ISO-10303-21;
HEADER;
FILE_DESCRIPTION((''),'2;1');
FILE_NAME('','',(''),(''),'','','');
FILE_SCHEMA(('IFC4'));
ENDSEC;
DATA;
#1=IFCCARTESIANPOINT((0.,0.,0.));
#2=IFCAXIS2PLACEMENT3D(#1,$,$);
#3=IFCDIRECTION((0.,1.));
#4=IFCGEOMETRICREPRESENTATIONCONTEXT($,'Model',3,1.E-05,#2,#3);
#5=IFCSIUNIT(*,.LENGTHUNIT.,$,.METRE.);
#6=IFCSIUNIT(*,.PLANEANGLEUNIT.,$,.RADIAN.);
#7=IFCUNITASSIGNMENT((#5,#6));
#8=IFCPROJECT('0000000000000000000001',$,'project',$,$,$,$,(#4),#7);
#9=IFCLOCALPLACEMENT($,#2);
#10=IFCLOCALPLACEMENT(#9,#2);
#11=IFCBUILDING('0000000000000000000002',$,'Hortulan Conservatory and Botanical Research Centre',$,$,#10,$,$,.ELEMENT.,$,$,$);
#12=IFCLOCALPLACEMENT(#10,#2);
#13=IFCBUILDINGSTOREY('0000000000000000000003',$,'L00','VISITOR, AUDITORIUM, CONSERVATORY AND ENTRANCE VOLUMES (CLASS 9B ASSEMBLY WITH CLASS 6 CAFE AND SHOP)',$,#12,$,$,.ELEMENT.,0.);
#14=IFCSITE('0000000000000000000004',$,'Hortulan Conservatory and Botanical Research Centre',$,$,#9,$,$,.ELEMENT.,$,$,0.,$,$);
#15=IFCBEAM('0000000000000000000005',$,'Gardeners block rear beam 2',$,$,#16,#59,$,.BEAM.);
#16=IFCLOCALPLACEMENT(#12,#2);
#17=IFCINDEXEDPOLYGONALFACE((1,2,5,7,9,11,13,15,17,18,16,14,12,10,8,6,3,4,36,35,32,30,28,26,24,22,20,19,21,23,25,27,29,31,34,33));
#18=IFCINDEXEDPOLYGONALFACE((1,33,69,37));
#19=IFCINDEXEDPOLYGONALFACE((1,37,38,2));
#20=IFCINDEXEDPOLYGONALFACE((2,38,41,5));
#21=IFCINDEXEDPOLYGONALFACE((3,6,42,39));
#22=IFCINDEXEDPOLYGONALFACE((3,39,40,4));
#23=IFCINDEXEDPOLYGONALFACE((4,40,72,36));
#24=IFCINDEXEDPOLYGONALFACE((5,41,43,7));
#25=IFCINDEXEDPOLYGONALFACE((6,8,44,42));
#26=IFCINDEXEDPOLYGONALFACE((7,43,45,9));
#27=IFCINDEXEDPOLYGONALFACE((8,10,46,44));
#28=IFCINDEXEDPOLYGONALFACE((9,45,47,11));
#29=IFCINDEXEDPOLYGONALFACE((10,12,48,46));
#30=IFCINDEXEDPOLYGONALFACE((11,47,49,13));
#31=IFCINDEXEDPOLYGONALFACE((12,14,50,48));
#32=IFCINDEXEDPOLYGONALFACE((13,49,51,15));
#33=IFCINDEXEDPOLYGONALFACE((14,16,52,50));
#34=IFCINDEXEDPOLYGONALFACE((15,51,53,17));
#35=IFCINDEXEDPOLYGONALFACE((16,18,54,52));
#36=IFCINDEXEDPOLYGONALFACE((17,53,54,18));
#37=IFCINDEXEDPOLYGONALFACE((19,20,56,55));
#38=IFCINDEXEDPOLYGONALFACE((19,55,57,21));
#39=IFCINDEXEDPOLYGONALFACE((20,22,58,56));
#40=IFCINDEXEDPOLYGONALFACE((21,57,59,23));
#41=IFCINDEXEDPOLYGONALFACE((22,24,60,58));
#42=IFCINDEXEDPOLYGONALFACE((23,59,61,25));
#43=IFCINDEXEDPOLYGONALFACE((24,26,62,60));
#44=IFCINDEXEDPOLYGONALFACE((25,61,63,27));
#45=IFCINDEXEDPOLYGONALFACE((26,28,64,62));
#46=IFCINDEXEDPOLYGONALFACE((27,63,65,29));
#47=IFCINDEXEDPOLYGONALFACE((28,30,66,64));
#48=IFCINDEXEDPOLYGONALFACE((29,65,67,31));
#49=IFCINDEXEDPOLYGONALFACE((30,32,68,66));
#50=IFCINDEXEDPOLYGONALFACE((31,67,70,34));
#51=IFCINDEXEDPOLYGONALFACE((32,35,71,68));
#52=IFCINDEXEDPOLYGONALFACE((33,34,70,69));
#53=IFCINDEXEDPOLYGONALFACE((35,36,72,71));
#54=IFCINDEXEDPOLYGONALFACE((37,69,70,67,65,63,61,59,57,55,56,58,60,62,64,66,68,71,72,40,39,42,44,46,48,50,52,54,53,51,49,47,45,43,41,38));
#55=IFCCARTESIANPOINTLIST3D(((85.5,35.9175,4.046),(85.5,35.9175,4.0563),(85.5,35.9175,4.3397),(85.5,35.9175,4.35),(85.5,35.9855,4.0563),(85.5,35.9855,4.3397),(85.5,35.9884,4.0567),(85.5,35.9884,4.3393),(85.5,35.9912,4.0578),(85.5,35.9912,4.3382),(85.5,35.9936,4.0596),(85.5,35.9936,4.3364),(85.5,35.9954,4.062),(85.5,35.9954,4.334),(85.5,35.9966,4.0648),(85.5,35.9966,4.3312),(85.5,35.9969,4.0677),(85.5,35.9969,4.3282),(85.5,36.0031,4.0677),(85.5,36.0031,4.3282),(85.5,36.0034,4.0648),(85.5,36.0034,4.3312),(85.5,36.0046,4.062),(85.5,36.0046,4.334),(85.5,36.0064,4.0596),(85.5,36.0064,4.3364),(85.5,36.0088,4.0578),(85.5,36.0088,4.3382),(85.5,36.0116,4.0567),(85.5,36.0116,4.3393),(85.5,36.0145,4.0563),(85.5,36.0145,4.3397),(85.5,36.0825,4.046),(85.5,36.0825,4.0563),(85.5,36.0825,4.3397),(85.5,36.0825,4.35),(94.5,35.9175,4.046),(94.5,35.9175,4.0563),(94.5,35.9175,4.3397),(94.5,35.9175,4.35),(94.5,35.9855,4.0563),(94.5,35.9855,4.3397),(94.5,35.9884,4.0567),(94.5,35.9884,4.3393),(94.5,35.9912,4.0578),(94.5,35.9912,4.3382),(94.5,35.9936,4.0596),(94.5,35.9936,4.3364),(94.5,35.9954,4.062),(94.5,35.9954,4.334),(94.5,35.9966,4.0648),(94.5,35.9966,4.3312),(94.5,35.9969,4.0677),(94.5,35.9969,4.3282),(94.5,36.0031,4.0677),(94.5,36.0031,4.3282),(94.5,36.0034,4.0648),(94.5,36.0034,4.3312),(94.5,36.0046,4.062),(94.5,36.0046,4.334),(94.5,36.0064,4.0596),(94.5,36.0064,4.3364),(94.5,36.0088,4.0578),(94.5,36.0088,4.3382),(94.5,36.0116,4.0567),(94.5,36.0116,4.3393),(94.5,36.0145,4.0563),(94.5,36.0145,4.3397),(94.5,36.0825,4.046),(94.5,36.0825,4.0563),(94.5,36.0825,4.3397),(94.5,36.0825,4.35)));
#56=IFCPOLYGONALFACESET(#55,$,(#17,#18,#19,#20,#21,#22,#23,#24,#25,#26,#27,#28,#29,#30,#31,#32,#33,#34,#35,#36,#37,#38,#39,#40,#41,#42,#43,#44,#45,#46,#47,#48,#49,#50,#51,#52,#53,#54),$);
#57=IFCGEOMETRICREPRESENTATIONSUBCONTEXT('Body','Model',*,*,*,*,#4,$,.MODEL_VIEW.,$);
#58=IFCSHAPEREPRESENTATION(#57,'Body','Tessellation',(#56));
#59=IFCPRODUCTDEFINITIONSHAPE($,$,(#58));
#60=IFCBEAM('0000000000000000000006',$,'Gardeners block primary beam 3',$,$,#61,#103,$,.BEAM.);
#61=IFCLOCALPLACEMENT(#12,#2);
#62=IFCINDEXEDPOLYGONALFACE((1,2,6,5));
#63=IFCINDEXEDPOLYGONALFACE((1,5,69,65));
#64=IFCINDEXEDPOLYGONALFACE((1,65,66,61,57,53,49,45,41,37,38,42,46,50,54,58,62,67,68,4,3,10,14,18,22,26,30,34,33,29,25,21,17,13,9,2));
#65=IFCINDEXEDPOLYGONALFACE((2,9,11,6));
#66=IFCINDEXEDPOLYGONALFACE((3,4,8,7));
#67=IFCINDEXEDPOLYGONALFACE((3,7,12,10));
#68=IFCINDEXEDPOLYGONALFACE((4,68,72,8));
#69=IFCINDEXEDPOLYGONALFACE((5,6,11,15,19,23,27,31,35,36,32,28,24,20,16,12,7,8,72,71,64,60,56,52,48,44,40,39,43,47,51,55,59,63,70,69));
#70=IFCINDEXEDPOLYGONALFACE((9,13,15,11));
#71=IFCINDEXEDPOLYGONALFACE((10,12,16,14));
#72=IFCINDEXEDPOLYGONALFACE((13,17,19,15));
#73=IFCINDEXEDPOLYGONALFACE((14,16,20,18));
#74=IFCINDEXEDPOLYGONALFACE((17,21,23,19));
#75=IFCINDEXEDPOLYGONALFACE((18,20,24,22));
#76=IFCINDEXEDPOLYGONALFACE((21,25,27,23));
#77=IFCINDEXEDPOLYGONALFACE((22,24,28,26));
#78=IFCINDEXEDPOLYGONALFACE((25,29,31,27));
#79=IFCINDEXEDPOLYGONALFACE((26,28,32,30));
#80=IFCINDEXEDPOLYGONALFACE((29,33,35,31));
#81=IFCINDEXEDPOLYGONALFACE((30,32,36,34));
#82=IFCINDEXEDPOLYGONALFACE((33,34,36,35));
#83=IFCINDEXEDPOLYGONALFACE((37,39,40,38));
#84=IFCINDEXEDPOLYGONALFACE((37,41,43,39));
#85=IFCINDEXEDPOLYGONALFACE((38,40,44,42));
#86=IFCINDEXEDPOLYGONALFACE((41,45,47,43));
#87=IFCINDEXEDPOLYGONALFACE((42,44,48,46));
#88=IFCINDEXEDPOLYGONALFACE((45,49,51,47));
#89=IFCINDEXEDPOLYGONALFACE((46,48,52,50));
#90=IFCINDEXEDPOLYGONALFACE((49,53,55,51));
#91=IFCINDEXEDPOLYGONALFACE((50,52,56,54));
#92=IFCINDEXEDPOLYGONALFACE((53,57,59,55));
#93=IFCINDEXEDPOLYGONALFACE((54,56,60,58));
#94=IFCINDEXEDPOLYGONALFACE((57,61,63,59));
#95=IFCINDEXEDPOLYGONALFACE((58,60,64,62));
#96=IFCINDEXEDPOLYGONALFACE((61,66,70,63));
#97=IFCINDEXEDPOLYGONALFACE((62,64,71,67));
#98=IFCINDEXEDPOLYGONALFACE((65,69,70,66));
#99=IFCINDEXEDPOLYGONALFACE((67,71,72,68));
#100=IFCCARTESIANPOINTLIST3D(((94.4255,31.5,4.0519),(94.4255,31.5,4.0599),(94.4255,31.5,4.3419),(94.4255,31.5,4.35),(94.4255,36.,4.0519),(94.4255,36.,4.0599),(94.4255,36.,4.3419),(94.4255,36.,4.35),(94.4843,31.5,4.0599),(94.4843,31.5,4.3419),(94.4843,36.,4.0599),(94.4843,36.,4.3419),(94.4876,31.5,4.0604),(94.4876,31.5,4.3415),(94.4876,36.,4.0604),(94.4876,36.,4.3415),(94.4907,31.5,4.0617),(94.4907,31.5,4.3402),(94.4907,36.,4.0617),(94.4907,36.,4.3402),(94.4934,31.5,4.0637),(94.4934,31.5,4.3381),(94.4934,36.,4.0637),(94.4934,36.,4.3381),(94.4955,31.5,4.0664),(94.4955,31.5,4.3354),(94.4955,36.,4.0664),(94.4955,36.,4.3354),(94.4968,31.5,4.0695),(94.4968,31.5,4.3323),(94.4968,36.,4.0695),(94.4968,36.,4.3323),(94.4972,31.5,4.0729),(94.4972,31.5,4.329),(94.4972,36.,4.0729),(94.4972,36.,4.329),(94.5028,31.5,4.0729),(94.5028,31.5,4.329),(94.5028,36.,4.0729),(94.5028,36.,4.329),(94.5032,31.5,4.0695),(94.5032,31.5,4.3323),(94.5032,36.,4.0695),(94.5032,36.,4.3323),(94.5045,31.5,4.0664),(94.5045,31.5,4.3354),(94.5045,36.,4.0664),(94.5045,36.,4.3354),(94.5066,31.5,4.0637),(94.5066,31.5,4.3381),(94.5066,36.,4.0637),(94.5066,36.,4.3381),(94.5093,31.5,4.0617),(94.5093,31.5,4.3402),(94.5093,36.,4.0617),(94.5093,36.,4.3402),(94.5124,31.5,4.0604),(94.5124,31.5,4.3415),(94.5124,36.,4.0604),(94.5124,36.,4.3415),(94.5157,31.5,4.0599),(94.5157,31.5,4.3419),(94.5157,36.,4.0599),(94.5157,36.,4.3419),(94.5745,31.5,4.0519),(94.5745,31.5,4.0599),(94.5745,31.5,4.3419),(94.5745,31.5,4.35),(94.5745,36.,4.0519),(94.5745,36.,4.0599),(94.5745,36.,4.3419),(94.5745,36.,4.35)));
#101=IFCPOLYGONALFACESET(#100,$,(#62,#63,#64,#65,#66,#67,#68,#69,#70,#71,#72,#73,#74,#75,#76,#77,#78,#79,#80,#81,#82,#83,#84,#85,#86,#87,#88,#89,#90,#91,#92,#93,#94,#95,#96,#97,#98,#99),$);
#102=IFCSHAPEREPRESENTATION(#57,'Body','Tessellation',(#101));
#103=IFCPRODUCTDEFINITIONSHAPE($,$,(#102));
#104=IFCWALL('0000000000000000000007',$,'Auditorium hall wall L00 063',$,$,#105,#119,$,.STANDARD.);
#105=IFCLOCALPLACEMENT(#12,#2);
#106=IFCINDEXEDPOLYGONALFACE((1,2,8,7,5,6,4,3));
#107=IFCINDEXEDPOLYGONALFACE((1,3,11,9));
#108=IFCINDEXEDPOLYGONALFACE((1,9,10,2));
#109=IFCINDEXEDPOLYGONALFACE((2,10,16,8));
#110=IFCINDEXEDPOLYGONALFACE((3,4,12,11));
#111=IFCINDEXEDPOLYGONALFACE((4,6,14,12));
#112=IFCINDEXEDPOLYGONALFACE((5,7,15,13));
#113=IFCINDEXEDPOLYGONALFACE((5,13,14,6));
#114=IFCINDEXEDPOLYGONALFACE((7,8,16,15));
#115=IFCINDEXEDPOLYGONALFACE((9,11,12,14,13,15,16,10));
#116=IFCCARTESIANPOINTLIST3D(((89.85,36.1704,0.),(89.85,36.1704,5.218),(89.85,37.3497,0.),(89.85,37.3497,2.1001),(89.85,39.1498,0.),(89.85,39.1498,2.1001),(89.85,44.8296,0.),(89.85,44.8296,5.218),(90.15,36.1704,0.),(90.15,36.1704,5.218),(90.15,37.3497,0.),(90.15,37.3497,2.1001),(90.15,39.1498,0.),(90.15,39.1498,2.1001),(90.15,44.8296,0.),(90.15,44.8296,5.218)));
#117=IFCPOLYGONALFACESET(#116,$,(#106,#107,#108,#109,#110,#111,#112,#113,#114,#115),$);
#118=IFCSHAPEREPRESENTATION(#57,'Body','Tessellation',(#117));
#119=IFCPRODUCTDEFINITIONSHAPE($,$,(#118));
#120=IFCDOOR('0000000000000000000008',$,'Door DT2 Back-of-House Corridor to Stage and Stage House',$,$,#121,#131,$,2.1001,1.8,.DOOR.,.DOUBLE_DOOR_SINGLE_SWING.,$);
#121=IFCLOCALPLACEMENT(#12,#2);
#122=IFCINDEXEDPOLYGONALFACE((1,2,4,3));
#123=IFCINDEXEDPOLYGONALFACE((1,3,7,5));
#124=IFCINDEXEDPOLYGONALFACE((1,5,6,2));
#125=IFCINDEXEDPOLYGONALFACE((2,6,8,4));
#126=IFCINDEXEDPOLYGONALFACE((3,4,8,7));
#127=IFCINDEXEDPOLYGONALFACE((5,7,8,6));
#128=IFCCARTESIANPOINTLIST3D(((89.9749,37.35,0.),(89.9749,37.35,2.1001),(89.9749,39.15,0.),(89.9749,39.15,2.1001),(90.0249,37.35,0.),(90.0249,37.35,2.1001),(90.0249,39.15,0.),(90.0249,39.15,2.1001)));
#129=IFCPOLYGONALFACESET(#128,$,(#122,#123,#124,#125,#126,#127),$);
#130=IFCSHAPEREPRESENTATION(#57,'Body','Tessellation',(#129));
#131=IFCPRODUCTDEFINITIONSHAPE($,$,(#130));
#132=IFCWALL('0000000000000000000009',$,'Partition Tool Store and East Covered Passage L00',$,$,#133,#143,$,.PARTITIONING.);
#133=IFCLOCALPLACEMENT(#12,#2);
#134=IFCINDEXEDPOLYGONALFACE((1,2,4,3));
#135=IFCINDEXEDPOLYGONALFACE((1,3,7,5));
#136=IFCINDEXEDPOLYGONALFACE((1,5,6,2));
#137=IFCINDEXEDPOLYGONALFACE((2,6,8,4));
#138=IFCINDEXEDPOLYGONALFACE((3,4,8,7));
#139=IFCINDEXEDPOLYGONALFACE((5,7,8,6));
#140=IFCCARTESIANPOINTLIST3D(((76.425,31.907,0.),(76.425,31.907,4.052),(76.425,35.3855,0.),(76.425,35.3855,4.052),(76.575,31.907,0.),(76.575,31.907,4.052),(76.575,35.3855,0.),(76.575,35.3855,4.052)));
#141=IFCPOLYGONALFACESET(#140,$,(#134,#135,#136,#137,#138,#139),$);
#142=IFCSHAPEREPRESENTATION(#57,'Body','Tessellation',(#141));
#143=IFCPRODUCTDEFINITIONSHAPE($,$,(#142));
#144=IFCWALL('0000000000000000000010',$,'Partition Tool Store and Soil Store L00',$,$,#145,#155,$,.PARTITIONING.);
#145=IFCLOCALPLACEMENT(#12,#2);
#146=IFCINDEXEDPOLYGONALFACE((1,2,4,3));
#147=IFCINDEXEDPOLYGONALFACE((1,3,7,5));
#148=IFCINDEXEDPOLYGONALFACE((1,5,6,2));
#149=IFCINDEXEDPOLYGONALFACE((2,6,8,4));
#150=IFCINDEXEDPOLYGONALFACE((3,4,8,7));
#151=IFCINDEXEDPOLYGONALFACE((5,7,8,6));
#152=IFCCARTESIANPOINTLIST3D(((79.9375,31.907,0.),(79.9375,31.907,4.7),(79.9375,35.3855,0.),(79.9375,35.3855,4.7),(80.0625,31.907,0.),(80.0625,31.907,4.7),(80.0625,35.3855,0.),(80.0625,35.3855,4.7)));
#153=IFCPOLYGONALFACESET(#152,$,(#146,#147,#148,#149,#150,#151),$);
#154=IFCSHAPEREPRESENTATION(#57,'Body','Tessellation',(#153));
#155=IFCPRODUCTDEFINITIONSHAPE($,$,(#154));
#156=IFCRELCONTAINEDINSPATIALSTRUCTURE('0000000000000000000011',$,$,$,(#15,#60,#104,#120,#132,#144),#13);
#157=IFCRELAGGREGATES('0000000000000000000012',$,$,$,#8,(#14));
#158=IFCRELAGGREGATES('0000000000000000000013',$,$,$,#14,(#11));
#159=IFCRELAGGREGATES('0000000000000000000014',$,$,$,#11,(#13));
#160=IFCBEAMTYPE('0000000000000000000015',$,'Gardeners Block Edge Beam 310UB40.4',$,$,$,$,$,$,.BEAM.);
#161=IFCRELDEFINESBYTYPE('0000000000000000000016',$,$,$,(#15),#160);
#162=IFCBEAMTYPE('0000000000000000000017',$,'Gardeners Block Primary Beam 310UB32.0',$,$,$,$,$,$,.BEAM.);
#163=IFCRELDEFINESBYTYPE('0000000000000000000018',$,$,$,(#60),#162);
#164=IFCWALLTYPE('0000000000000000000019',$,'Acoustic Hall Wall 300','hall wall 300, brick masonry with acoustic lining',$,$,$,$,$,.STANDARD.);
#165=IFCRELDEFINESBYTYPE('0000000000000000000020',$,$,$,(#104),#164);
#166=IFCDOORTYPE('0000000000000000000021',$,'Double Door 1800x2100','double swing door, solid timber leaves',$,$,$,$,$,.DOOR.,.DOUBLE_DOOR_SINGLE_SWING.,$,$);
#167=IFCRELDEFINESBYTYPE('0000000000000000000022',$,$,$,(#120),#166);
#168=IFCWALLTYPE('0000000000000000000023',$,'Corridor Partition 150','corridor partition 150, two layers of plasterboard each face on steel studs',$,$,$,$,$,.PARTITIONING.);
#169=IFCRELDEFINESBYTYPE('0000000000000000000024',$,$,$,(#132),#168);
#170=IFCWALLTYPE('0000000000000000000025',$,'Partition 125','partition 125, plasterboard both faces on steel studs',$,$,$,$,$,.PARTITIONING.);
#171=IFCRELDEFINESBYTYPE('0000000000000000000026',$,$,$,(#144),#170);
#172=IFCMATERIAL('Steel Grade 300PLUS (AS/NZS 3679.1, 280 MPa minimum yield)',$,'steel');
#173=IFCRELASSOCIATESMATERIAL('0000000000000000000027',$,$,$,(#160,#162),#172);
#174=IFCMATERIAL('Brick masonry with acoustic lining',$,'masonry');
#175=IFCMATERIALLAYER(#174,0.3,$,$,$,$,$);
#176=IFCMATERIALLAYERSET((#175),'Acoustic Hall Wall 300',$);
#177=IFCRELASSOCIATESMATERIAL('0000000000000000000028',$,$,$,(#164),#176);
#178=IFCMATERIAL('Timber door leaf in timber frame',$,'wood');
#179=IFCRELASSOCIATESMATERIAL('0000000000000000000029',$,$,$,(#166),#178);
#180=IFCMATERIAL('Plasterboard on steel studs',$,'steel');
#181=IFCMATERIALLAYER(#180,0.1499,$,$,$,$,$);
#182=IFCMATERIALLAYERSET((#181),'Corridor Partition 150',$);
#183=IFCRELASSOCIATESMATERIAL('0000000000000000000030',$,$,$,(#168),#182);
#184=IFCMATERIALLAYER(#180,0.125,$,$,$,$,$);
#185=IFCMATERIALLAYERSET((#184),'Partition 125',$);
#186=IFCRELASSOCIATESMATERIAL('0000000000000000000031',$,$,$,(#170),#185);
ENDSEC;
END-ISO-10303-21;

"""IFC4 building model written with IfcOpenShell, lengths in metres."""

from ifc_helpers import new_model, si_unit, direction, frame, frame_2d, origin, origin_2d, place, context, subcontext, project, spatial, rectangle, i_section, extrude, material, layer, layer_set, material_profile, profile_set, type_object, element, fill, save


model = new_model("IFC4")

# Units and contexts
model_context = context("Model", 3, precision=1e-05, world=origin(), true_north=direction((0.0, 1.0)))
body_context = subcontext(model_context, "Body", "Model", "MODEL_VIEW")
ifc_project = project(units=[si_unit("LENGTHUNIT", "METRE"), si_unit("PLANEANGLEUNIT", "RADIAN")], contexts=[model_context])

# Site, building, storey
site_placement = place(None, origin())
site = spatial("IfcSite", under=ifc_project, at=site_placement, Name="Hortulan Conservatory and Botanical Research Centre", CompositionType="ELEMENT", RefElevation=0.0)
building_placement = place(site_placement, origin())
building = spatial("IfcBuilding", under=site, at=building_placement, Name="Hortulan Conservatory and Botanical Research Centre", CompositionType="ELEMENT")
storey_placement = place(building_placement, origin())
storey = spatial("IfcBuildingStorey", under=building, at=storey_placement, Name="L00", Description="VISITOR, AUDITORIUM, CONSERVATORY AND ENTRANCE VOLUMES (CLASS 9B ASSEMBLY WITH CLASS 6 CAFE AND SHOP)", CompositionType="ELEMENT", Elevation=0.0)

# Shared definitions
ifc_material_1 = material(Name="Steel Grade 300PLUS (AS/NZS 3679.1, 280 MPa minimum yield)", Category="steel")

# Beams
ifc_material_profile_1 = material_profile(ifc_material_1, i_section(OverallWidth=0.165, OverallDepth=0.304, WebThickness=0.0061, FlangeThickness=0.0103, FilletRadius=0.0115, at=origin_2d()), Name="310UB40.4")
ifc_profile_set_1 = profile_set([ifc_material_profile_1], Name="Steel Grade 300PLUS (AS/NZS 3679.1, 280 MPa minimum yield)")
beam_type_1 = type_object("IfcBeamType", Name="Gardeners Block Edge Beam 310UB40.4", PredefinedType="BEAM", material=ifc_profile_set_1)
for number, where, z_axis, x_axis, name in (
    (1, (85.5, 36.0, 4.198), (1.0, 0.0, 0.0), (0.0, 1.0, 0.0), "Gardeners block rear beam 2"),
):
    element("IfcBeam", number, at=place(storey_placement, frame(where, z_axis=z_axis, x_axis=x_axis)), inside=storey, type_object=beam_type_1, Name=name, PredefinedType="BEAM", context=body_context, shape_type="SweptSolid", body=[
        extrude(i_section(OverallWidth=0.165, OverallDepth=0.304, WebThickness=0.0061, FlangeThickness=0.0103, FilletRadius=0.0115, at=origin_2d()), origin(), (0.0, 0.0, 1.0), 9.0),
    ])
ifc_material_profile_2 = material_profile(ifc_material_1, i_section(OverallWidth=0.1489, OverallDepth=0.2981, WebThickness=0.0056, FlangeThickness=0.0081, FilletRadius=0.0129, at=origin_2d()), Name="310UB32.0")
ifc_profile_set_2 = profile_set([ifc_material_profile_2], Name="Steel Grade 300PLUS (AS/NZS 3679.1, 280 MPa minimum yield)")
beam_type_2 = type_object("IfcBeamType", Name="Gardeners Block Primary Beam 310UB32.0", PredefinedType="BEAM", material=ifc_profile_set_2)
beam_placement = place(storey_placement, frame((94.5, 31.5, 4.2009), z_axis=(0.0, 1.0, 0.0), x_axis=(-1.0, 0.0, 0.0)))
element("IfcBeam", 2, at=beam_placement, inside=storey, type_object=beam_type_2, Name="Gardeners block primary beam 3", PredefinedType="BEAM", context=body_context, shape_type="SweptSolid", body=[
    extrude(i_section(OverallWidth=0.1489, OverallDepth=0.2981, WebThickness=0.0056, FlangeThickness=0.0081, FilletRadius=0.0129, at=origin_2d()), origin(), (0.0, 0.0, 1.0), 4.5),
])

# Wall, opening, door
ifc_material_2 = material(Name="Brick masonry with acoustic lining", Category="masonry")
ifc_layer_1 = layer(ifc_material_2, 0.3)
ifc_layer_set_1 = layer_set([ifc_layer_1], Name="Acoustic Hall Wall 300")
wall_type_1 = type_object("IfcWallType", Name="Acoustic Hall Wall 300", Description="hall wall 300, brick masonry with acoustic lining", PredefinedType="STANDARD", material=ifc_layer_set_1)
wall_1_placement = place(storey_placement, frame((90.0, 36.1704, 0.0), z_axis=(0.0, 0.0, 1.0), x_axis=(0.0, 1.0, 0.0)))
wall_1 = element("IfcWall", 3, at=wall_1_placement, inside=storey, type_object=wall_type_1, Name="Auditorium hall wall L00 063", PredefinedType="STANDARD", context=body_context, shape_type="SweptSolid", body=[
    extrude(rectangle(XDim=8.6592, YDim=0.3, at=frame_2d((4.3296, 0.0))), origin(), (0.0, 0.0, 1.0), 5.218),
])
opening_1_placement = place(wall_1_placement, frame((1.1794, 0.0, 0.0)))
opening_1 = element("IfcOpeningElement", 4, at=opening_1_placement, cuts=wall_1, PredefinedType="OPENING", context=body_context, shape_type="SweptSolid", body=[
    extrude(rectangle(XDim=1.8, YDim=2.1001, at=frame_2d((0.8999, 1.05))), frame((0.0, 0.1599, 0.0), z_axis=(0.0, -1.0, 0.0), x_axis=(1.0, 0.0, 0.0)), (0.0, 0.0, 1.0), 0.3201),
])
ifc_material_3 = material(Name="Timber door leaf in timber frame", Category="wood")
door_type_1 = type_object("IfcDoorType", Name="Double Door 1800x2100", Description="double swing door, solid timber leaves", OperationType="DOUBLE_DOOR_SINGLE_SWING", PredefinedType="DOOR", material=ifc_material_3)
door_1_placement = place(opening_1_placement, frame((1.8, 0.0, 0.0), z_axis=(0.0, 0.0, 1.0), x_axis=(-1.0, 0.0, 0.0)))
door_1 = element("IfcDoor", 5, at=door_1_placement, inside=storey, type_object=door_type_1, Name="Door DT2 Back-of-House Corridor to Stage and Stage House", OperationType="DOUBLE_DOOR_SINGLE_SWING", OverallHeight=2.1001, OverallWidth=1.8, PredefinedType="DOOR", context=body_context, shape_type="SweptSolid", body=[
    extrude(rectangle(XDim=1.8, YDim=2.1001, at=frame_2d((0.8999, 1.05))), frame((0.0, 0.0249, 0.0), z_axis=(0.0, -1.0, 0.0), x_axis=(1.0, 0.0, 0.0)), (0.0, 0.0, 1.0), 0.05),
])
fill(opening_1, door_1)

# Walls
ifc_material_4 = material(Name="Plasterboard on steel studs", Category="steel")
ifc_layer_2 = layer(ifc_material_4, 0.1499)
ifc_layer_set_2 = layer_set([ifc_layer_2], Name="Corridor Partition 150")
wall_type_2 = type_object("IfcWallType", Name="Corridor Partition 150", Description="corridor partition 150, two layers of plasterboard each face on steel studs", PredefinedType="PARTITIONING", material=ifc_layer_set_2)
wall_2_placement = place(storey_placement, frame((76.5, 31.907, 0.0), z_axis=(0.0, 0.0, 1.0), x_axis=(0.0, 1.0, 0.0)))
element("IfcWall", 6, at=wall_2_placement, inside=storey, type_object=wall_type_2, Name="Partition Tool Store and East Covered Passage L00", PredefinedType="PARTITIONING", context=body_context, shape_type="SweptSolid", body=[
    extrude(rectangle(XDim=3.4785, YDim=0.1499, at=frame_2d((1.7393, 0.0))), origin(), (0.0, 0.0, 1.0), 4.052),
])
ifc_layer_3 = layer(ifc_material_4, 0.125)
ifc_layer_set_3 = layer_set([ifc_layer_3], Name="Partition 125")
wall_type_3 = type_object("IfcWallType", Name="Partition 125", Description="partition 125, plasterboard both faces on steel studs", PredefinedType="PARTITIONING", material=ifc_layer_set_3)
wall_3_placement = place(storey_placement, frame((80.0, 31.907, 0.0), z_axis=(0.0, 0.0, 1.0), x_axis=(0.0, 1.0, 0.0)))
element("IfcWall", 7, at=wall_3_placement, inside=storey, type_object=wall_type_3, Name="Partition Tool Store and Soil Store L00", PredefinedType="PARTITIONING", context=body_context, shape_type="SweptSolid", body=[
    extrude(rectangle(XDim=3.4785, YDim=0.125, at=frame_2d((1.7393, 0.0))), origin(), (0.0, 0.0, 1.0), 4.7),
])

save(model, "model.ifc")
